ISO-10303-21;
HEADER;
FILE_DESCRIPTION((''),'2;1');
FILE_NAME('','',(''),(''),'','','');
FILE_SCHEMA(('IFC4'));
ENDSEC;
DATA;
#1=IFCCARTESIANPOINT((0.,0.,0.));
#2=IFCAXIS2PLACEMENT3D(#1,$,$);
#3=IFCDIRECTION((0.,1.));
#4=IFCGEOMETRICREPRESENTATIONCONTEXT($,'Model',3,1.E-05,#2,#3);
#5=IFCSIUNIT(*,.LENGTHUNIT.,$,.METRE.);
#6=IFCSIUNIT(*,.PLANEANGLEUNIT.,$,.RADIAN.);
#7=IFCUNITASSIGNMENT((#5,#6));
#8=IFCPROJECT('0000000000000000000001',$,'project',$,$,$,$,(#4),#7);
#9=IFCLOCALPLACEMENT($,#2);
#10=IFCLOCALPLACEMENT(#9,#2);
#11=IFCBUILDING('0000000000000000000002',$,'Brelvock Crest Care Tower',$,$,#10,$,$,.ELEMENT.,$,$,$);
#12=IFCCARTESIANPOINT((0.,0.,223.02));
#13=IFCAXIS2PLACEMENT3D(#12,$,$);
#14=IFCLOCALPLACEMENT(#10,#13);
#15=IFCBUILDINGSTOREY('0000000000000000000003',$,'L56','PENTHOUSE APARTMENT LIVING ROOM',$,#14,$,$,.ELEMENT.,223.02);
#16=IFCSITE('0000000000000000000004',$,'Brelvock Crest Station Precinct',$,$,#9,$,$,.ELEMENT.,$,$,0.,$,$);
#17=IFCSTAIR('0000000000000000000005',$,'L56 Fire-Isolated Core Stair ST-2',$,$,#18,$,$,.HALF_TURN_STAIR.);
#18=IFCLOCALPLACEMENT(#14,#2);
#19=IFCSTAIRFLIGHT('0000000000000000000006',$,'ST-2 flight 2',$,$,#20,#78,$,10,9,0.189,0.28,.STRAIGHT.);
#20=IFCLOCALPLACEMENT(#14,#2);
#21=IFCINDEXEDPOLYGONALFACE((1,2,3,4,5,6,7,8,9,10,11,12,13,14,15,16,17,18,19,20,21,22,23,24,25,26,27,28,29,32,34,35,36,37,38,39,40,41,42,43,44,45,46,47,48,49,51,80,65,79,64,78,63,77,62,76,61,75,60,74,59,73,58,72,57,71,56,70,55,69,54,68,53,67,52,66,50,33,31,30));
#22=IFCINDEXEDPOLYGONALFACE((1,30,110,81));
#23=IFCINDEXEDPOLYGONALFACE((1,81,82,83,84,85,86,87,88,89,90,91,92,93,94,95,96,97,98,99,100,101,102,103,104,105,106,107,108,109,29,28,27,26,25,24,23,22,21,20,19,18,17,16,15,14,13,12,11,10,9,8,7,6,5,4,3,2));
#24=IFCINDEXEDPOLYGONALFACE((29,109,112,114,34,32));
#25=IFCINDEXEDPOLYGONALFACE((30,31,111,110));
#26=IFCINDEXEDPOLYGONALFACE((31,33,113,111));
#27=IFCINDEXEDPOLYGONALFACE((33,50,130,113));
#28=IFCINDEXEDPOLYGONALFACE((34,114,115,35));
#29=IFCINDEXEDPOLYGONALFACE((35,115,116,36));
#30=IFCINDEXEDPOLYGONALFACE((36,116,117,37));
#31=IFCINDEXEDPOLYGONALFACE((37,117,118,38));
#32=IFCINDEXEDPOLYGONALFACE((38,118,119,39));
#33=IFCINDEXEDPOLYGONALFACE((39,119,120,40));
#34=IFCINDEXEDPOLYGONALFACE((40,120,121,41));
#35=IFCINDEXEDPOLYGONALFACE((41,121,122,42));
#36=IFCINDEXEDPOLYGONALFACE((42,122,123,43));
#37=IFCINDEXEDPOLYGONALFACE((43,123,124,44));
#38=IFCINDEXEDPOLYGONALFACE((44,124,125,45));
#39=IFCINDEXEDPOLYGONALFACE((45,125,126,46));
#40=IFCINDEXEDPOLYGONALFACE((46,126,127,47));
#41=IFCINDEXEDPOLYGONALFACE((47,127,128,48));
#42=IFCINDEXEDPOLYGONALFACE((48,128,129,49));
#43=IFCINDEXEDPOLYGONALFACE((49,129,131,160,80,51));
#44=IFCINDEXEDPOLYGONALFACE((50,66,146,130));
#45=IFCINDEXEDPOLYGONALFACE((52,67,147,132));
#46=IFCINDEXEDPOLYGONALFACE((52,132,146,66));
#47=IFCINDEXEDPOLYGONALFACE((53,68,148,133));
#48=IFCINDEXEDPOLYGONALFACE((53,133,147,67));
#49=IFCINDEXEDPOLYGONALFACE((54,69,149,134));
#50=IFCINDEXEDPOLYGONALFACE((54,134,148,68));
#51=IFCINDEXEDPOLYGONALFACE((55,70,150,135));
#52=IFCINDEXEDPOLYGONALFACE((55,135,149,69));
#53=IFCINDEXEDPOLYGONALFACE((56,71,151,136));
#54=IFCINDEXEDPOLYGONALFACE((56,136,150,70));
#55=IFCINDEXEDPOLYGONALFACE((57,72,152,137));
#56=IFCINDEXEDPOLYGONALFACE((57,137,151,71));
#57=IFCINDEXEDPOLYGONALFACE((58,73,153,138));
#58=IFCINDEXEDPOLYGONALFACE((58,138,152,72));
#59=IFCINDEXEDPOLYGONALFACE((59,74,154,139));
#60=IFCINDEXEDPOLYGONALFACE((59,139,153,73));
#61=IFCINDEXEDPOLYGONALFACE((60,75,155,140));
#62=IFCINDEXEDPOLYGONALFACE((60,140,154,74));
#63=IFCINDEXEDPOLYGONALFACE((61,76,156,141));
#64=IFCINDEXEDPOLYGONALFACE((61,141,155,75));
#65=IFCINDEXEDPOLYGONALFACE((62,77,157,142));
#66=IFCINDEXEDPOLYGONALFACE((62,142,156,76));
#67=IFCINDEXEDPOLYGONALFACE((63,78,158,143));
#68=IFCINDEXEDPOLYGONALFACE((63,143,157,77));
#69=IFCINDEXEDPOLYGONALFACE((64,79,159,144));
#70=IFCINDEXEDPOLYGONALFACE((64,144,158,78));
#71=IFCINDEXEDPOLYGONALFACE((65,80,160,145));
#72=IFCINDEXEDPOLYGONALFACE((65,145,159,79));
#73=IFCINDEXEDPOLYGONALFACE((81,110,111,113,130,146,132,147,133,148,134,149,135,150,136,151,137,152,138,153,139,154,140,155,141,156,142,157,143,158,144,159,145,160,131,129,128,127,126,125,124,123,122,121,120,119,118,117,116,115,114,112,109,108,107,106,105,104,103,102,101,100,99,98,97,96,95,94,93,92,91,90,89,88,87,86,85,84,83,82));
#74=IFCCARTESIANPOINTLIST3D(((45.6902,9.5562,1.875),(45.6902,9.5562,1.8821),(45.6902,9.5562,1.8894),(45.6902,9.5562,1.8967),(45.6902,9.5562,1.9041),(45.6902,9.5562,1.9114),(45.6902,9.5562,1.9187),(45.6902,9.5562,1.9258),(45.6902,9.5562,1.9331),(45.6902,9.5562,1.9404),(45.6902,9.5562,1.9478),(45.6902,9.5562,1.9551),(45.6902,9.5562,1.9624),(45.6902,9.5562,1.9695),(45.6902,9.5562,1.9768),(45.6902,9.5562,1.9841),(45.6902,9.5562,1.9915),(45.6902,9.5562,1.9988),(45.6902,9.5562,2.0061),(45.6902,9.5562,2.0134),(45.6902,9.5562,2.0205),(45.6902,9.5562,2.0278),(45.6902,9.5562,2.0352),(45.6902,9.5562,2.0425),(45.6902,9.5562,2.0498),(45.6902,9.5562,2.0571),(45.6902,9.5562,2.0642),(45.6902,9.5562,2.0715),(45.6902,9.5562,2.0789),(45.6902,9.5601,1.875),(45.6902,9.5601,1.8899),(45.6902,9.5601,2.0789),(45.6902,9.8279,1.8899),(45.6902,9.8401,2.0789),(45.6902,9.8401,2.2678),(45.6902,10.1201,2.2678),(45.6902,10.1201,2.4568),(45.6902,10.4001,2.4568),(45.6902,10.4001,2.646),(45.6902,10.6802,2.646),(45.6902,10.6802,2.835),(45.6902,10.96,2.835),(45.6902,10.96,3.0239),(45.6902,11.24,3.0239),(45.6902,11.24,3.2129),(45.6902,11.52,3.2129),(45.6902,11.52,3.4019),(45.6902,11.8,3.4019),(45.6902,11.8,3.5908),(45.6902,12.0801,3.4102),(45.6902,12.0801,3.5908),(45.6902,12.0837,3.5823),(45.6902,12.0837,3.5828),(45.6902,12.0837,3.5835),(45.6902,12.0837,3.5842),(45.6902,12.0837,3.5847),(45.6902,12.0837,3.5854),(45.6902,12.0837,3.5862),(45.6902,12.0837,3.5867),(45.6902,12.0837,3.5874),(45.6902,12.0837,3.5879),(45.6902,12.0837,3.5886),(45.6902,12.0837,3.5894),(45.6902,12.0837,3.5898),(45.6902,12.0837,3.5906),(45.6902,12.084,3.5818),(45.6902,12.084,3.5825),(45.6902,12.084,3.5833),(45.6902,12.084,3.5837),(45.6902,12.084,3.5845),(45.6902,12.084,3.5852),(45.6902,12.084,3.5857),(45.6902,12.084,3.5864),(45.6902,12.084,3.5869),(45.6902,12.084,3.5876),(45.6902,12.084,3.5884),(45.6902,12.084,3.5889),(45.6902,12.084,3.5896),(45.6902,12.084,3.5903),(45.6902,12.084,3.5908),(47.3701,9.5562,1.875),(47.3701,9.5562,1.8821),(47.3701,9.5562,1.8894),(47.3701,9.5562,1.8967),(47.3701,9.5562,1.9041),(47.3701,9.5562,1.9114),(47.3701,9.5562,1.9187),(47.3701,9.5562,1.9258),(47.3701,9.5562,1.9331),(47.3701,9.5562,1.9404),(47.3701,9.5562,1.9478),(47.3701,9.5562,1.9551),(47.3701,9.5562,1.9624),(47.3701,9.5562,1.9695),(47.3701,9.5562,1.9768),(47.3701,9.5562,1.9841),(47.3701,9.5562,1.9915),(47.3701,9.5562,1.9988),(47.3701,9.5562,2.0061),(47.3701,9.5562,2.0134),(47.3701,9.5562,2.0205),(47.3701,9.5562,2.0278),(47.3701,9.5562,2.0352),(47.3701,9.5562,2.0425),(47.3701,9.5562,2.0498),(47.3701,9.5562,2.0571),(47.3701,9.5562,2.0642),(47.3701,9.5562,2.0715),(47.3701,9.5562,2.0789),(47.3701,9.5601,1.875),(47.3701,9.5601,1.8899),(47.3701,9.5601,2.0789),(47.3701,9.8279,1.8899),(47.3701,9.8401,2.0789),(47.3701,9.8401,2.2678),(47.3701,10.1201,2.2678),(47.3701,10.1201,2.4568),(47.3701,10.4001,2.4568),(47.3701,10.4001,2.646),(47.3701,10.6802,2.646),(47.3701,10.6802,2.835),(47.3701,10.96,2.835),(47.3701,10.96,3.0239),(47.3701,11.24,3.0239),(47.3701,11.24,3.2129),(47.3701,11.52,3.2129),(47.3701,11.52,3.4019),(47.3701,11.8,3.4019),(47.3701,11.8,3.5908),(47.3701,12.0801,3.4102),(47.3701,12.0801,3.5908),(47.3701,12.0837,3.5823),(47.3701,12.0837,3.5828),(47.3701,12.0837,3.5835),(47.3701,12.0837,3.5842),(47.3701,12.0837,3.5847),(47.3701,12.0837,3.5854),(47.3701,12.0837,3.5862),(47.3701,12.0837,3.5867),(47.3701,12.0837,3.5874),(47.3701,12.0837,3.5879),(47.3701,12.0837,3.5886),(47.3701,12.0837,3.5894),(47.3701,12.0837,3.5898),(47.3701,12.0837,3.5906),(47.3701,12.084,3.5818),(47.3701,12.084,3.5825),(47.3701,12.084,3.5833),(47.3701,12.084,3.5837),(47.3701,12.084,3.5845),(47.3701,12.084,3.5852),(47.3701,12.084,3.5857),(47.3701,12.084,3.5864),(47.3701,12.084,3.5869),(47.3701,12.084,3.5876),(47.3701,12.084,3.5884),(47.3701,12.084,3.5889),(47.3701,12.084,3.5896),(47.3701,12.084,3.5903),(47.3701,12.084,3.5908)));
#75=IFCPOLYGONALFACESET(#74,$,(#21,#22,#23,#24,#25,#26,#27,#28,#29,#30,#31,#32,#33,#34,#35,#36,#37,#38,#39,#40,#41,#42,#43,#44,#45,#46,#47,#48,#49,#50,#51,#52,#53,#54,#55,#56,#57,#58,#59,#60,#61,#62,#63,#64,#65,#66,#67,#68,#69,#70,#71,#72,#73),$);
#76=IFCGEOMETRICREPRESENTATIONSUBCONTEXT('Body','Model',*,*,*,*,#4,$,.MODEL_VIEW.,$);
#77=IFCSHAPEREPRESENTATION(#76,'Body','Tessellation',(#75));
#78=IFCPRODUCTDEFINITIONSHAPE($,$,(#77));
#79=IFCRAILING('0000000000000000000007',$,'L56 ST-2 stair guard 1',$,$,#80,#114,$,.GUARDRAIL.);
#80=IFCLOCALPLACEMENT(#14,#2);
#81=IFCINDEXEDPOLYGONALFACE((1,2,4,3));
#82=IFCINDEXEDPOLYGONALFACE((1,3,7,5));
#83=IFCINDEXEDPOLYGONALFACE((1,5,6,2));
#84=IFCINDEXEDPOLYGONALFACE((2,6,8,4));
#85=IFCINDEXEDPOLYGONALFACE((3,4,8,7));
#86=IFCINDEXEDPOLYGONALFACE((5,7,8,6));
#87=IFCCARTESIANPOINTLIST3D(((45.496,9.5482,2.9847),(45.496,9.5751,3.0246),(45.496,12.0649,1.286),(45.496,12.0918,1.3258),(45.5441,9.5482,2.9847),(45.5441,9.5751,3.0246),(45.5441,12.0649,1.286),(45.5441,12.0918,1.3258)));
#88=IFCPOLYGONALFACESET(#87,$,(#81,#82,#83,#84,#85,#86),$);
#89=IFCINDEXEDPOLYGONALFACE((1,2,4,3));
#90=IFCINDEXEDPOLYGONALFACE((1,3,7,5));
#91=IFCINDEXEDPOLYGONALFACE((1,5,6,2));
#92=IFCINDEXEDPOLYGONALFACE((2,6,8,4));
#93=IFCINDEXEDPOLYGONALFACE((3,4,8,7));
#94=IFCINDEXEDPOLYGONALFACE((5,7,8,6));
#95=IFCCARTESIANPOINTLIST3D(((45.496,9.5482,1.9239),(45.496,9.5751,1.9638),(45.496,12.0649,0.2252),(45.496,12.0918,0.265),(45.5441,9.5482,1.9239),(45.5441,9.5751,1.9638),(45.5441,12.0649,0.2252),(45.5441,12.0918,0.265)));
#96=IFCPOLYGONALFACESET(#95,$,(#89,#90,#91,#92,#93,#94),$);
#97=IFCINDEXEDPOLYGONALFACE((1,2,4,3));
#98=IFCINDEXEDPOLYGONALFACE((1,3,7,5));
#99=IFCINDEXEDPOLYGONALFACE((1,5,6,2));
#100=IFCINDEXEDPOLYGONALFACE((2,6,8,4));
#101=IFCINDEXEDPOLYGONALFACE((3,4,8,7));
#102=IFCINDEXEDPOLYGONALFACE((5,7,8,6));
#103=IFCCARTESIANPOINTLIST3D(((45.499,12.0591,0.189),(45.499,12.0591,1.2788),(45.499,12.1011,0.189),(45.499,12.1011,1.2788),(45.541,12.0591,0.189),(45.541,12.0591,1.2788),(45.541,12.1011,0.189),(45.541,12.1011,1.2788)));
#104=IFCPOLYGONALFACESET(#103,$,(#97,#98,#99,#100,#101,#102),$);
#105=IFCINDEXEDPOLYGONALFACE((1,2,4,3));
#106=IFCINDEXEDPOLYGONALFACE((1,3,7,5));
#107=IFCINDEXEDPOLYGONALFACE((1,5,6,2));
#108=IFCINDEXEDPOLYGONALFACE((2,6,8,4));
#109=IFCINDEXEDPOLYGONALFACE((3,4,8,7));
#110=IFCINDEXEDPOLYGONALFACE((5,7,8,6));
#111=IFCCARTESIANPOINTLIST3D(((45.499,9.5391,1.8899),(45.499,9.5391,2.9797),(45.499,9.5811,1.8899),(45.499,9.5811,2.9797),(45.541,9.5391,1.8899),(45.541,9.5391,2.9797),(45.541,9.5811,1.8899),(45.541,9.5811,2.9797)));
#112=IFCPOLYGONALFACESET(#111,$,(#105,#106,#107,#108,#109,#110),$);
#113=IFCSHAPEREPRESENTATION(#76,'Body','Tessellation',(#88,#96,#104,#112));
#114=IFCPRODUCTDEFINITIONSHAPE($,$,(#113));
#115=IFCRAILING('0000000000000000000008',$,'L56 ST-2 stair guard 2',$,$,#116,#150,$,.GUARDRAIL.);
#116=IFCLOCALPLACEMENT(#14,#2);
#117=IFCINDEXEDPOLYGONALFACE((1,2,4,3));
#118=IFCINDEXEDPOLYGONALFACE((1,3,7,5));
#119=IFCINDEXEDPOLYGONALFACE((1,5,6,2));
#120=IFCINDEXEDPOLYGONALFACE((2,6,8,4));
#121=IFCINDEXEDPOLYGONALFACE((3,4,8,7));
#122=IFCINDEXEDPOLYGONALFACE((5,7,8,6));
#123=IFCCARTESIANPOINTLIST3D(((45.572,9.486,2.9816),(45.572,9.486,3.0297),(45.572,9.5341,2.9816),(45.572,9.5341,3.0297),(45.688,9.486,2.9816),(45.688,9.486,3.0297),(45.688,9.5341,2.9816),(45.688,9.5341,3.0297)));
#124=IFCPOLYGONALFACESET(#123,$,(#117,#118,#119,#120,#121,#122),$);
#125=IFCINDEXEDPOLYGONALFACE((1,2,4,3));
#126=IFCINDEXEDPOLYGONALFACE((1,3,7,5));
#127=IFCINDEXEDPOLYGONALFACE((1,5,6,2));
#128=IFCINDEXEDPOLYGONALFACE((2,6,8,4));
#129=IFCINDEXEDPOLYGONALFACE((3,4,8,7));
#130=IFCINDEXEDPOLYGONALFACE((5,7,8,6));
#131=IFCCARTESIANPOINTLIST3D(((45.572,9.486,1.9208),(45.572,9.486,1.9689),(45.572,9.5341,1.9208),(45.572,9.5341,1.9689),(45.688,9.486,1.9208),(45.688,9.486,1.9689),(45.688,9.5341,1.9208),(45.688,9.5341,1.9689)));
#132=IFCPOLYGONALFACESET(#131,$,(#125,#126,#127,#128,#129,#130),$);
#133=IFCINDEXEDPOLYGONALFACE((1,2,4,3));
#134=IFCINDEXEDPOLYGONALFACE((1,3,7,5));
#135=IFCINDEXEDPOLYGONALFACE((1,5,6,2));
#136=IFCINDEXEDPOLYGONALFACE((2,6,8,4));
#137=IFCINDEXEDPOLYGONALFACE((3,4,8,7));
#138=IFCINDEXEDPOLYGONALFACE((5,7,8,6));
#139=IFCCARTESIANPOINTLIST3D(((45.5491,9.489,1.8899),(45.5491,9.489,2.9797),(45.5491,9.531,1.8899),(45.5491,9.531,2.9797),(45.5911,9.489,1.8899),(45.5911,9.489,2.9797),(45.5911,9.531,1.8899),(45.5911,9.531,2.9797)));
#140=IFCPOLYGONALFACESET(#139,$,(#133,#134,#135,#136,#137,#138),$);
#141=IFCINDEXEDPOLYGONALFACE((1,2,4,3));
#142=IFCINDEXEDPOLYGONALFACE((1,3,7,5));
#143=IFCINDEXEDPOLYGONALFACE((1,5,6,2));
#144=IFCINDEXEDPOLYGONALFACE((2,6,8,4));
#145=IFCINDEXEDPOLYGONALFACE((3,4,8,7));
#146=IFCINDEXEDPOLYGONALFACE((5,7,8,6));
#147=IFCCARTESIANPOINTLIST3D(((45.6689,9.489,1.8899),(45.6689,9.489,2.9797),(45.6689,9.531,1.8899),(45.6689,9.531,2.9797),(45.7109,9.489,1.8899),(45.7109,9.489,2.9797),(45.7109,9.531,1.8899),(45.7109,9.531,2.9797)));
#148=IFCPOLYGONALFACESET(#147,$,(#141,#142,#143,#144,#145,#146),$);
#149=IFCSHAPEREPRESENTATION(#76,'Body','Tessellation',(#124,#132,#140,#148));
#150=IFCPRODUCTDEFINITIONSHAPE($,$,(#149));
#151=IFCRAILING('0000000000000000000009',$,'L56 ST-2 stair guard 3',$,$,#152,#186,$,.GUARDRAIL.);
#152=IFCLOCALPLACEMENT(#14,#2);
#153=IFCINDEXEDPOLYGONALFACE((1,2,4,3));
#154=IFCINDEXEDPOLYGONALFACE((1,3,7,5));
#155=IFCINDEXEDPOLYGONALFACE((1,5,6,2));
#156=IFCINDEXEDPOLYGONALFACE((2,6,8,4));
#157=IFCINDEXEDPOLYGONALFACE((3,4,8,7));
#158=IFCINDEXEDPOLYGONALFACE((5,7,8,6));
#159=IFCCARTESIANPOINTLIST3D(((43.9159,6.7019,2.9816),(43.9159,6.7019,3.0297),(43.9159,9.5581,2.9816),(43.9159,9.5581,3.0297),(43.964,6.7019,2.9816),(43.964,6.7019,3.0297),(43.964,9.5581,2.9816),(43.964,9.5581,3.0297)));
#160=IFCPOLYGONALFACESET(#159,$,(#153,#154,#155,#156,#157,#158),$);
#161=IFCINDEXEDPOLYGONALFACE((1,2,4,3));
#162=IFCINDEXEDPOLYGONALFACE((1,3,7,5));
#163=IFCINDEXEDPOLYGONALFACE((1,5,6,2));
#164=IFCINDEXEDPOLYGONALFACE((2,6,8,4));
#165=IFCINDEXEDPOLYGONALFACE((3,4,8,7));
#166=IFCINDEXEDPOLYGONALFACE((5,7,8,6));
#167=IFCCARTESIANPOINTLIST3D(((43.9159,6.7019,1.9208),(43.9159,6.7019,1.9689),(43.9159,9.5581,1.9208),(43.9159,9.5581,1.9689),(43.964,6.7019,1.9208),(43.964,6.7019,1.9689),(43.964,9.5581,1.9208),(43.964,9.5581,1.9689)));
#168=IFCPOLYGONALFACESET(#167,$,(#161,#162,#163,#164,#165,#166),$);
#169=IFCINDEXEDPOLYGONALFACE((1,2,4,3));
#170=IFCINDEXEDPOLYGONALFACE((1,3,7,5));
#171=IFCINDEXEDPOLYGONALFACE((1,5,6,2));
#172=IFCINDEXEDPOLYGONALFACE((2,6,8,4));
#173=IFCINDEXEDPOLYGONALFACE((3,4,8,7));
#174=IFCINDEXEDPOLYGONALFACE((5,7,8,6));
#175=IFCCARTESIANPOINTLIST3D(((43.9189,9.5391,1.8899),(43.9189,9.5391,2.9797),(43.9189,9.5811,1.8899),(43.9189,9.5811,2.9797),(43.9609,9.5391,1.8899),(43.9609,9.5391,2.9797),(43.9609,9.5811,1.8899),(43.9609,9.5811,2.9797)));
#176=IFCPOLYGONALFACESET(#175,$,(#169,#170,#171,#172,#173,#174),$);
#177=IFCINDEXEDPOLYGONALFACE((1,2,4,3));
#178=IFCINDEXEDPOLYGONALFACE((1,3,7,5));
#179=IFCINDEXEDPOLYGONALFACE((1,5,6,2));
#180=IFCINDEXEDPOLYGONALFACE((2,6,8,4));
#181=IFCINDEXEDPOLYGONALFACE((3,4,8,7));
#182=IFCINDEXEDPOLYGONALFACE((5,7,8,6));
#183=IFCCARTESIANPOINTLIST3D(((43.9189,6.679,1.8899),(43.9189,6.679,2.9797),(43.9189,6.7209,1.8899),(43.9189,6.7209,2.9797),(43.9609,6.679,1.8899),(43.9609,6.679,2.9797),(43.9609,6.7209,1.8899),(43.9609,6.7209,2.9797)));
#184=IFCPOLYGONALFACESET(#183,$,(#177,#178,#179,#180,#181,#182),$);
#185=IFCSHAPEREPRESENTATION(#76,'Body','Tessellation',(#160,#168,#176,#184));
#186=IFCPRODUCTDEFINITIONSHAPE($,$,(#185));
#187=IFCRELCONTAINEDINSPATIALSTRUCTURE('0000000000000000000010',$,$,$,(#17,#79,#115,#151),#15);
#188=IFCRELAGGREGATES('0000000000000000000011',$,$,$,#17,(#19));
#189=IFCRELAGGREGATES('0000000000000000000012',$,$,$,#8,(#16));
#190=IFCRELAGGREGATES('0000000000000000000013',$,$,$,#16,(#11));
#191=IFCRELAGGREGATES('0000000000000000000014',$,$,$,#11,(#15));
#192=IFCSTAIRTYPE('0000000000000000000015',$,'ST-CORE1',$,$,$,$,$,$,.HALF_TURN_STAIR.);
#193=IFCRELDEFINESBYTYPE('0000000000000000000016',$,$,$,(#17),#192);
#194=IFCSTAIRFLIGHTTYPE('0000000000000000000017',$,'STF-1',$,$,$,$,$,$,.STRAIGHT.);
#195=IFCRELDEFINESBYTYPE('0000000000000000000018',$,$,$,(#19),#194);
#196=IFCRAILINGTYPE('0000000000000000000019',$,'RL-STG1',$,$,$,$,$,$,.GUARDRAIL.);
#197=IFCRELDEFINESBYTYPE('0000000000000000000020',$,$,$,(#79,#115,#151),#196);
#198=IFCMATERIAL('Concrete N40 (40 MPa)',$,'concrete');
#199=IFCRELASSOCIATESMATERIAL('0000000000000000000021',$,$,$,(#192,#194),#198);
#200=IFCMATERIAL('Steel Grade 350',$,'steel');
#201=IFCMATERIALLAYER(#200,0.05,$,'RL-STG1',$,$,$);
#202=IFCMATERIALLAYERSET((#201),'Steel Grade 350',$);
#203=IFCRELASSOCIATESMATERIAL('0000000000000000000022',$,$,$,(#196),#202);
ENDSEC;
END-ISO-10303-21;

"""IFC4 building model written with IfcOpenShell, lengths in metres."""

from ifc_helpers import new_model, si_unit, direction, frame, origin, origin_2d, place, context, subcontext, project, spatial, polyline, rectangle, outline, extrude, material, layer, layer_set, type_object, element, aggregate, save


model = new_model("IFC4")

# Units and contexts
model_context = context("Model", 3, precision=1e-05, world=origin(), true_north=direction((0.0, 1.0)))
body_context = subcontext(model_context, "Body", "Model", "MODEL_VIEW")
ifc_project = project(units=[si_unit("LENGTHUNIT", "METRE"), si_unit("PLANEANGLEUNIT", "RADIAN")], contexts=[model_context])

# Site, building, storey
site_placement = place(None, origin())
site = spatial("IfcSite", under=ifc_project, at=site_placement, Name="Brelvock Crest Station Precinct", CompositionType="ELEMENT", RefElevation=0.0)
building_placement = place(site_placement, origin())
building = spatial("IfcBuilding", under=site, at=building_placement, Name="Brelvock Crest Care Tower", CompositionType="ELEMENT")
storey_placement = place(building_placement, frame((0.0, 0.0, 223.02)))
storey = spatial("IfcBuildingStorey", under=building, at=storey_placement, Name="L56", Description="PENTHOUSE APARTMENT LIVING ROOM", CompositionType="ELEMENT", Elevation=223.02)

# Shared definitions
ifc_material_1 = material(Name="Steel Grade 350", Category="steel")

# Stair, stair flight
ifc_material_2 = material(Name="Concrete N40 (40 MPa)", Category="concrete")
stair_type = type_object("IfcStairType", Name="ST-CORE1", PredefinedType="HALF_TURN_STAIR", material=ifc_material_2)
stair_placement = place(storey_placement, origin())
stair = element("IfcStair", 1, at=stair_placement, inside=storey, type_object=stair_type, Name="L56 Fire-Isolated Core Stair ST-2", PredefinedType="HALF_TURN_STAIR")
stair_flight_type = type_object("IfcStairFlightType", Name="STF-1", PredefinedType="STRAIGHT", material=ifc_material_2)
stair_flight_1_placement = place(storey_placement, frame((46.53, 9.5601, 1.8899), z_axis=(0.0, 0.0, 1.0), x_axis=(0.0, 1.0, 0.0)))
stair_flight_1 = element("IfcStairFlight", 2, at=stair_flight_1_placement, type_object=stair_flight_type, Name="ST-2 flight 2", NumberOfRisers=10, NumberOfTreads=9, PredefinedType="STRAIGHT", RiserHeight=0.189, TreadLength=0.28, context=body_context, shape_type="SweptSolid", body=[
    extrude(outline(polyline([(-0.0039, -0.0149), (-0.0039, -0.0078), (-0.0039, -0.0005), (-0.0039, 0.0068), (-0.0039, 0.0142), (-0.0039, 0.0215), (-0.0039, 0.0288), (-0.0039, 0.0359), (-0.0039, 0.0432), (-0.0039, 0.0505), (-0.0039, 0.0579), (-0.0039, 0.0652), (-0.0039, 0.0725), (-0.0039, 0.0796), (-0.0039, 0.0869), (-0.0039, 0.0942), (-0.0039, 0.1016), (-0.0039, 0.1089), (-0.0039, 0.1162), (-0.0039, 0.1235), (-0.0039, 0.1306), (-0.0039, 0.1379), (-0.0039, 0.1453), (-0.0039, 0.1526), (-0.0039, 0.1599), (-0.0039, 0.1672), (-0.0039, 0.1743), (-0.0039, 0.1816), (-0.0039, 0.189), (0.0, 0.189), (0.28, 0.189), (0.28, 0.3779), (0.5601, 0.3779), (0.5601, 0.5669), (0.8401, 0.5669), (0.8401, 0.7561), (1.1201, 0.7561), (1.1201, 0.9451), (1.3999, 0.9451), (1.3999, 1.134), (1.6799, 1.134), (1.6799, 1.323), (1.96, 1.323), (1.96, 1.512), (2.24, 1.512), (2.24, 1.7009), (2.52, 1.7009), (2.5239, 1.7009), (2.5237, 1.7007), (2.5239, 1.7004), (2.5237, 1.7), (2.5239, 1.6997), (2.5237, 1.6995), (2.5239, 1.699), (2.5237, 1.6987), (2.5239, 1.6985), (2.5237, 1.698), (2.5239, 1.6978), (2.5237, 1.6975), (2.5239, 1.697), (2.5237, 1.6968), (2.5239, 1.6965), (2.5237, 1.6963), (2.5239, 1.6958), (2.5237, 1.6956), (2.5239, 1.6953), (2.5237, 1.6948), (2.5239, 1.6946), (2.5237, 1.6943), (2.5239, 1.6938), (2.5237, 1.6936), (2.5239, 1.6934), (2.5237, 1.6929), (2.5239, 1.6926), (2.5237, 1.6924), (2.5239, 1.6919), (2.52, 1.5203), (0.2678, 0.0), (0.0, 0.0), (0.0, -0.0149), (-0.0039, -0.0149)])), frame((0.0, 0.8398, 0.0), z_axis=(0.0, -1.0, 0.0), x_axis=(1.0, 0.0, 0.0)), (0.0, 0.0, 1.0), 1.6799),
])
aggregate(stair, [stair_flight_1])

# Railings
ifc_layer_1 = layer(ifc_material_1, 0.05, Name="RL-STG1")
ifc_layer_set_1 = layer_set([ifc_layer_1], Name="Steel Grade 350")
railing_type_1 = type_object("IfcRailingType", Name="RL-STG1", PredefinedType="GUARDRAIL", material=ifc_layer_set_1)
railing_1_placement = place(storey_placement, frame((45.52, 12.0801, 0.189)))
element("IfcRailing", 3, at=railing_1_placement, inside=storey, type_object=railing_type_1, Name="L56 ST-2 stair guard 1", PredefinedType="GUARDRAIL", context=body_context, shape_type="SweptSolid", body=[
    extrude(rectangle(XDim=0.0481, YDim=0.0481, at=origin_2d()), frame((0.0, -0.0017, 1.1169), z_axis=(0.0, -0.828862, 0.559454), x_axis=(1.0, 0.0, 0.0)), (0.0, 0.0, 1.0), 3.0364),
    extrude(rectangle(XDim=0.0481, YDim=0.0481, at=origin_2d()), frame((0.0, -0.0017, 0.0562), z_axis=(0.0, -0.828862, 0.559454), x_axis=(1.0, 0.0, 0.0)), (0.0, 0.0, 1.0), 3.0364),
    extrude(rectangle(XDim=0.042, YDim=0.042, at=origin_2d()), origin(), (0.0, 0.0, 1.0), 1.0898),
    extrude(rectangle(XDim=0.042, YDim=0.042, at=origin_2d()), frame((0.0, -2.52, 1.7009)), (0.0, 0.0, 1.0), 1.0898),
])
railing_2_placement = place(storey_placement, frame((45.5701, 9.51, 1.8899)))
element("IfcRailing", 4, at=railing_2_placement, inside=storey, type_object=railing_type_1, Name="L56 ST-2 stair guard 2", PredefinedType="GUARDRAIL", context=body_context, shape_type="SweptSolid", body=[
    extrude(rectangle(XDim=0.0481, YDim=0.0481, at=origin_2d()), frame((0.002, 0.0, 1.1157), z_axis=(1.0, 0.0, 0.0), x_axis=(0.0, 1.0, 0.0)), (0.0, 0.0, 1.0), 0.116),
    extrude(rectangle(XDim=0.0481, YDim=0.0481, at=origin_2d()), frame((0.002, 0.0, 0.0549), z_axis=(1.0, 0.0, 0.0), x_axis=(0.0, 1.0, 0.0)), (0.0, 0.0, 1.0), 0.116),
    extrude(rectangle(XDim=0.042, YDim=0.042, at=origin_2d()), origin(), (0.0, 0.0, 1.0), 1.0898),
    extrude(rectangle(XDim=0.042, YDim=0.042, at=origin_2d()), frame((0.1199, 0.0, 0.0)), (0.0, 0.0, 1.0), 1.0898),
])
for number, where, name in (
    (5, (43.9399, 9.5601, 1.8899), "L56 ST-2 stair guard 3"),
):
    element("IfcRailing", number, at=place(storey_placement, frame(where)), inside=storey, type_object=railing_type_1, Name=name, PredefinedType="GUARDRAIL", context=body_context, shape_type="SweptSolid", body=[
        extrude(rectangle(XDim=0.0481, YDim=0.0481, at=origin_2d()), frame((0.0, -0.002, 1.1157), z_axis=(0.0, -1.0, 0.0), x_axis=(1.0, 0.0, 0.0)), (0.0, 0.0, 1.0), 2.8562),
        extrude(rectangle(XDim=0.0481, YDim=0.0481, at=origin_2d()), frame((0.0, -0.002, 0.0549), z_axis=(0.0, -1.0, 0.0), x_axis=(1.0, 0.0, 0.0)), (0.0, 0.0, 1.0), 2.8562),
        extrude(rectangle(XDim=0.042, YDim=0.042, at=origin_2d()), origin(), (0.0, 0.0, 1.0), 1.0898),
        extrude(rectangle(XDim=0.042, YDim=0.042, at=origin_2d()), frame((0.0, -2.8601, 0.0)), (0.0, 0.0, 1.0), 1.0898),
    ])

save(model, "model.ifc")
